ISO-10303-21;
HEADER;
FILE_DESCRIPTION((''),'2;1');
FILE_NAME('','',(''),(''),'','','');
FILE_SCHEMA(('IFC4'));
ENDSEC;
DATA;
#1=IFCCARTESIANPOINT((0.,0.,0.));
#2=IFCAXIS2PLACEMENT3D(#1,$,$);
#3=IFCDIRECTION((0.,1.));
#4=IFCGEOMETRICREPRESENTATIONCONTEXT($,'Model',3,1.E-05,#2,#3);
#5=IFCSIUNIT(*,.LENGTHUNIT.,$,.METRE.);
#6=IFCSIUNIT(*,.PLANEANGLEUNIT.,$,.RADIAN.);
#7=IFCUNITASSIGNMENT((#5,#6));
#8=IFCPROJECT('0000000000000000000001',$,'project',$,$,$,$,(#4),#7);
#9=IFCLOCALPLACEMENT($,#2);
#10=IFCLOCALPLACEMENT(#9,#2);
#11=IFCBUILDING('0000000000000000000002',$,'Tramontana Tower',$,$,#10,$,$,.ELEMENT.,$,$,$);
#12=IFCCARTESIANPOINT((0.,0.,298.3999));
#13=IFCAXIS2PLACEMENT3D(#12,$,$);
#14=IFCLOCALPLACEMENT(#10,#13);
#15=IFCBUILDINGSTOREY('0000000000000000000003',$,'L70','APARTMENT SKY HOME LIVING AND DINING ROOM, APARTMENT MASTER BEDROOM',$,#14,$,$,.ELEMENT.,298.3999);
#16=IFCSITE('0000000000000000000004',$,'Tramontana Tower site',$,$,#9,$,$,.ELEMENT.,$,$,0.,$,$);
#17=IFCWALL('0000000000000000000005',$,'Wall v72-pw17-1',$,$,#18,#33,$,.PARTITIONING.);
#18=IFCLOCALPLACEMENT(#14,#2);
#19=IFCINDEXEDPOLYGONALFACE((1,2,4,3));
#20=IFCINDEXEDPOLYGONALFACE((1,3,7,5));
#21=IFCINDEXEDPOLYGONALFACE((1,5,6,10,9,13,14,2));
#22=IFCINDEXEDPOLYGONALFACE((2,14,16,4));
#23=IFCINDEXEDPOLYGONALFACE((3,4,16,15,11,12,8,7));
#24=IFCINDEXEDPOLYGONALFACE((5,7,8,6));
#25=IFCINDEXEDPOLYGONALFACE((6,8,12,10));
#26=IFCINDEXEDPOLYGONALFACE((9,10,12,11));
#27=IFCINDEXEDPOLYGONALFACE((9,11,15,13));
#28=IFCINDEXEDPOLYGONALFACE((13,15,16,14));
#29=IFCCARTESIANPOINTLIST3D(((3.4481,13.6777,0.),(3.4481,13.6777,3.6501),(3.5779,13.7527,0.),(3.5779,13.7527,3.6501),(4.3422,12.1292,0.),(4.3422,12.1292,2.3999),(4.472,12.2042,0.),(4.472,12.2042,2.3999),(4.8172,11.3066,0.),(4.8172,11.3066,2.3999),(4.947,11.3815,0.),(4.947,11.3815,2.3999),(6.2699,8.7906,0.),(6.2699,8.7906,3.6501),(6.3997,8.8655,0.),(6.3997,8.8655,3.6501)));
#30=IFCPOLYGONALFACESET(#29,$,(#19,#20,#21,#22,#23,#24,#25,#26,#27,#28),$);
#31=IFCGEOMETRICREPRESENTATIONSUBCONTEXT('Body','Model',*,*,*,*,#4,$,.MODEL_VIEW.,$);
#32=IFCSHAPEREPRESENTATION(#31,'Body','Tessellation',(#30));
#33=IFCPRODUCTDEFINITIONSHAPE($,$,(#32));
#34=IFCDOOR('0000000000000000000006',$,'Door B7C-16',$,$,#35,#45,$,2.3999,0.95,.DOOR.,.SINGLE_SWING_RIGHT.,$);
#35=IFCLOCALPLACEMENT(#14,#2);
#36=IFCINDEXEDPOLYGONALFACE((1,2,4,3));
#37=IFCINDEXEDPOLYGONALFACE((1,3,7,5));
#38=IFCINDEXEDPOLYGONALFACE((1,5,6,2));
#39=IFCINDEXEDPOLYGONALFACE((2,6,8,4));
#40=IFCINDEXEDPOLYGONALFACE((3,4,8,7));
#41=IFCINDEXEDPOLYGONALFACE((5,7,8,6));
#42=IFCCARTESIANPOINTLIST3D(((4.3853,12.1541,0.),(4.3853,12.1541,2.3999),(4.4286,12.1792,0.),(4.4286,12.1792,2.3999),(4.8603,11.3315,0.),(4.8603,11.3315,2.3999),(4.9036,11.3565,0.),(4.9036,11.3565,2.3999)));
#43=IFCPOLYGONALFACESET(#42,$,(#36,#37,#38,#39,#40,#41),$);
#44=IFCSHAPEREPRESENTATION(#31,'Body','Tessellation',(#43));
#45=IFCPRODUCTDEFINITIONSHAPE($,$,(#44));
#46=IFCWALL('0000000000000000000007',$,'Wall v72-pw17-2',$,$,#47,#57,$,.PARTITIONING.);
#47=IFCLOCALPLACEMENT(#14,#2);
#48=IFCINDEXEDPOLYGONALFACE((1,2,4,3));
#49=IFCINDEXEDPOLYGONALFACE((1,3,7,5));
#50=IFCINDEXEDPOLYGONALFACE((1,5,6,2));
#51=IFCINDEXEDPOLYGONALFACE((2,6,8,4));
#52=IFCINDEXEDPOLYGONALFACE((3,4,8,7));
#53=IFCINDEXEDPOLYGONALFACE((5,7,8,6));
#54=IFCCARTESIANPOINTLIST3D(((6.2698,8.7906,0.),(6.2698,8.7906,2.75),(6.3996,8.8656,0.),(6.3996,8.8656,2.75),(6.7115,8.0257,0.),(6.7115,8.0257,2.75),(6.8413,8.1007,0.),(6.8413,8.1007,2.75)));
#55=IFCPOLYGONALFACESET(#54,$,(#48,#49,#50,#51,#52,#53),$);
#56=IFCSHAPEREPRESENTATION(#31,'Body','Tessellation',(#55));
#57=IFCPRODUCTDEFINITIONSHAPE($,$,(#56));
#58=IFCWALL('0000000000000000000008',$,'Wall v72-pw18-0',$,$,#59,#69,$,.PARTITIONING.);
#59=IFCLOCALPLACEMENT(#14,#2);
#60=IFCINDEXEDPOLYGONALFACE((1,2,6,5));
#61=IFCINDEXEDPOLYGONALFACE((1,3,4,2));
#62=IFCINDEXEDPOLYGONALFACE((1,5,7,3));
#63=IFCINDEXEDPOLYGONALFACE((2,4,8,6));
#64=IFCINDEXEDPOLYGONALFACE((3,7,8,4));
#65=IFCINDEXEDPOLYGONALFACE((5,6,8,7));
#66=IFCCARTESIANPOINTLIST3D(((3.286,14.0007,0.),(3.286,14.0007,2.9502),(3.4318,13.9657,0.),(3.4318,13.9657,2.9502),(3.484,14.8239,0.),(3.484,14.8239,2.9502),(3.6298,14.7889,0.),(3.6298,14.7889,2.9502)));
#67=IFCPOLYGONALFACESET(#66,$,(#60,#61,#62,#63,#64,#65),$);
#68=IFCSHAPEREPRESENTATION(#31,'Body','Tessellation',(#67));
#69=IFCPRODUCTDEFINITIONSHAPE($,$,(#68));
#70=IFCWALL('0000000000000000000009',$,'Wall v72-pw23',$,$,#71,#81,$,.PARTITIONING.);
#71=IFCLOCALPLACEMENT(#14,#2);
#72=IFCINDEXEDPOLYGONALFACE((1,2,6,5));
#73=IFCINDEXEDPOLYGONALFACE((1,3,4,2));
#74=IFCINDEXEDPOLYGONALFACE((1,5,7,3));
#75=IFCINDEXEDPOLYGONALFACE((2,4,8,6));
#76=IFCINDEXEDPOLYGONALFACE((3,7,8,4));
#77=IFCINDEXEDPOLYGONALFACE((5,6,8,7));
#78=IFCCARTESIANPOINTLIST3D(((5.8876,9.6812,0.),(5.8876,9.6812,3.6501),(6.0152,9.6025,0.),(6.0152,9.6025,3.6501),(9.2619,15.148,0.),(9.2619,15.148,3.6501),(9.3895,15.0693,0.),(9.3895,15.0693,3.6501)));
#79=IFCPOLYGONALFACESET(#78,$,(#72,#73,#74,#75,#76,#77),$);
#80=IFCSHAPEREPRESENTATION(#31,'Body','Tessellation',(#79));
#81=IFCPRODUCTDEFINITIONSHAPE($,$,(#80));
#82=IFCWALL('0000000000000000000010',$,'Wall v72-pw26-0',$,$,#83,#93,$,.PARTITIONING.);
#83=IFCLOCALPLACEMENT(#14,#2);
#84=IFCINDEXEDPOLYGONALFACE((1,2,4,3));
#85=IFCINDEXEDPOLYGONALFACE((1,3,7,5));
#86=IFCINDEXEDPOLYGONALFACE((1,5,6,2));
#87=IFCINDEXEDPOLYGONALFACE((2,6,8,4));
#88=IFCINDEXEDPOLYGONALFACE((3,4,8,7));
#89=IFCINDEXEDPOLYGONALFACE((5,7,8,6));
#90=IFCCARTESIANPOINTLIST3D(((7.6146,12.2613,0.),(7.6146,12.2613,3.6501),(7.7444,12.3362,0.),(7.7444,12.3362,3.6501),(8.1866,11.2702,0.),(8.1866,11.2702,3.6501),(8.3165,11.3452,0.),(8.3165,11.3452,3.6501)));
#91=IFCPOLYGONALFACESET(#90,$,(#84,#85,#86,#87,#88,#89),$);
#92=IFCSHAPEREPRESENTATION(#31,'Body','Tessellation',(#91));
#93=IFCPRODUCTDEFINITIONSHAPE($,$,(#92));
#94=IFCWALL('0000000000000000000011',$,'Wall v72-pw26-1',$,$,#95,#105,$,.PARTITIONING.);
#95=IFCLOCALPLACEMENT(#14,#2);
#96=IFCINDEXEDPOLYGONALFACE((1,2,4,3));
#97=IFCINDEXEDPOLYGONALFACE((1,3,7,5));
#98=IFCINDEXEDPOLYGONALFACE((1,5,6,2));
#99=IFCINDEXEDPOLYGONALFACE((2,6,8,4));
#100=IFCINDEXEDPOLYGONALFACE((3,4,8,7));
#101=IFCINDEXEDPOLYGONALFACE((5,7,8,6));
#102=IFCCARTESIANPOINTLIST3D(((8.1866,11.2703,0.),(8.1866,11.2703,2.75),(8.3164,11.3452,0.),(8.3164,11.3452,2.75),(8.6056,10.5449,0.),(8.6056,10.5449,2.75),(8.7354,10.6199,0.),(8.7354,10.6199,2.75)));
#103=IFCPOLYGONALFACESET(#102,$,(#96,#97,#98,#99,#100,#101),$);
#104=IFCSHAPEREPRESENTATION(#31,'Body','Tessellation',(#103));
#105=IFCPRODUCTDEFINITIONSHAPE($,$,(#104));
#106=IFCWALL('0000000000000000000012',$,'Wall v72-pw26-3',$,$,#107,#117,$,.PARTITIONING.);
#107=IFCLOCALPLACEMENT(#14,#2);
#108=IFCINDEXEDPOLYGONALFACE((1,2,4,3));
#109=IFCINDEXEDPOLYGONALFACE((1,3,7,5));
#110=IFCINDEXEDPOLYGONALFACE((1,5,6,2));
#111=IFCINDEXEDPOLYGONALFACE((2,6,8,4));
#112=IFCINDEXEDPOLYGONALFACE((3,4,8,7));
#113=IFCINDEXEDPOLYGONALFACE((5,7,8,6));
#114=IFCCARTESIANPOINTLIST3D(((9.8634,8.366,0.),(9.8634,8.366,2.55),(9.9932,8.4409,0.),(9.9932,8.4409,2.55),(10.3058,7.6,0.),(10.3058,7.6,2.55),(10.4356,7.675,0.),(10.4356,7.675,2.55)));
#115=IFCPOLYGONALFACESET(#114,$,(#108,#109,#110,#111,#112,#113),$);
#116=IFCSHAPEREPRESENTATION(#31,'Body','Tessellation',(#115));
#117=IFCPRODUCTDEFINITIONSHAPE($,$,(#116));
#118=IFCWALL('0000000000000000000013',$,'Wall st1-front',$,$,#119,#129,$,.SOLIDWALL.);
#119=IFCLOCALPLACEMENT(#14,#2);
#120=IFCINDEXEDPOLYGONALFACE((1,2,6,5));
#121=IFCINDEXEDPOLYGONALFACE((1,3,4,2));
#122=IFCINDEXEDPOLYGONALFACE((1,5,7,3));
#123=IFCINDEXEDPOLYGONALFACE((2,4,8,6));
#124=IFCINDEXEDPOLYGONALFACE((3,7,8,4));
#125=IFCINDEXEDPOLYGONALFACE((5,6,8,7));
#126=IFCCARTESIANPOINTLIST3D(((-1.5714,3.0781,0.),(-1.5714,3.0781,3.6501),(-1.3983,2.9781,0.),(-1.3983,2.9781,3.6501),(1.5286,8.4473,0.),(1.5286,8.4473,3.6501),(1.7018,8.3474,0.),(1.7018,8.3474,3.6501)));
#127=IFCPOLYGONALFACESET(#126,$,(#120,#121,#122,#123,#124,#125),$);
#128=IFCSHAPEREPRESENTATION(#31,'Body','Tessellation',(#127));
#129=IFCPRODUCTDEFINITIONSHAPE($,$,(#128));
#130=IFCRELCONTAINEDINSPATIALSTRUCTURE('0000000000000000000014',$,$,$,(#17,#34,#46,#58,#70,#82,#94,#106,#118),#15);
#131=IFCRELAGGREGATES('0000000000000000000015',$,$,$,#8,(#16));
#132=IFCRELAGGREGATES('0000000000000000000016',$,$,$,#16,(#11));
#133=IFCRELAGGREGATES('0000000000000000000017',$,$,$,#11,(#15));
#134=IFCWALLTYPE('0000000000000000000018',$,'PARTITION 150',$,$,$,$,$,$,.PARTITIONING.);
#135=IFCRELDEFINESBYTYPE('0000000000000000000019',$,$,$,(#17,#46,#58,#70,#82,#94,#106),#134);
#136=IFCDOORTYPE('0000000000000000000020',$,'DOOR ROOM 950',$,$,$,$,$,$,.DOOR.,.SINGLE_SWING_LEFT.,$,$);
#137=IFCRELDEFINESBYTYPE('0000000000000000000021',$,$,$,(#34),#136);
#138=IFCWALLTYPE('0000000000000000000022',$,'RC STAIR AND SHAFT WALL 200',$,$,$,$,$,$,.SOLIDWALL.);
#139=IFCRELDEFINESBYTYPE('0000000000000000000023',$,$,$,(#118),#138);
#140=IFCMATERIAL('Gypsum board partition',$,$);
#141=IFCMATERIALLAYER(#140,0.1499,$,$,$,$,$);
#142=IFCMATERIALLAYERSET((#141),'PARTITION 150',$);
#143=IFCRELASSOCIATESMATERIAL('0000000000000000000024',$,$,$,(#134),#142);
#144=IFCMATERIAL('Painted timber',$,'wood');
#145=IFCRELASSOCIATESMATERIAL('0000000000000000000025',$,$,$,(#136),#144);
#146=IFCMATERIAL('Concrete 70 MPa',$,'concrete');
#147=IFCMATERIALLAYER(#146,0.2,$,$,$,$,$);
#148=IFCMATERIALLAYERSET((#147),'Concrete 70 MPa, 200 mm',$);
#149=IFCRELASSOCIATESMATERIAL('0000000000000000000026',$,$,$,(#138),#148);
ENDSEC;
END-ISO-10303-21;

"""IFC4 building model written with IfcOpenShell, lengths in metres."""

from ifc_helpers import new_model, si_unit, direction, frame, frame_2d, origin, place, context, subcontext, project, spatial, rectangle, extrude, material, layer, layer_set, type_object, element, fill, save


model = new_model("IFC4")

# Units and contexts
model_context = context("Model", 3, precision=1e-05, world=origin(), true_north=direction((0.0, 1.0)))
body_context = subcontext(model_context, "Body", "Model", "MODEL_VIEW")
ifc_project = project(units=[si_unit("LENGTHUNIT", "METRE"), si_unit("PLANEANGLEUNIT", "RADIAN")], contexts=[model_context])

# Site, building, storey
site_placement = place(None, origin())
site = spatial("IfcSite", under=ifc_project, at=site_placement, Name="Tramontana Tower site", CompositionType="ELEMENT", RefElevation=0.0)
building_placement = place(site_placement, origin())
building = spatial("IfcBuilding", under=site, at=building_placement, Name="Tramontana Tower", CompositionType="ELEMENT")
storey_placement = place(building_placement, frame((0.0, 0.0, 298.3999)))
storey = spatial("IfcBuildingStorey", under=building, at=storey_placement, Name="L70", Description="APARTMENT SKY HOME LIVING AND DINING ROOM, APARTMENT MASTER BEDROOM", CompositionType="ELEMENT", Elevation=298.3999)

# Shared definitions
ifc_material_1 = material(Name="Gypsum board partition")
ifc_layer_1 = layer(ifc_material_1, 0.1499)
ifc_layer_set_1 = layer_set([ifc_layer_1], Name="PARTITION 150")
wall_type_1 = type_object("IfcWallType", Name="PARTITION 150", PredefinedType="PARTITIONING", material=ifc_layer_set_1)

# Wall, opening, door
wall_1_placement = place(storey_placement, frame((3.5129, 13.7153, 0.0), z_axis=(0.0, 0.0, 1.0), x_axis=(0.50002, -0.866014, 0.0)))
wall_1 = element("IfcWall", 1, at=wall_1_placement, inside=storey, type_object=wall_type_1, Name="Wall v72-pw17-1", PredefinedType="PARTITIONING", context=body_context, shape_type="SweptSolid", body=[
    extrude(rectangle(XDim=5.6433, YDim=0.1499, at=frame_2d((2.8218, 0.0))), origin(), (0.0, 0.0, 1.0), 3.6501),
])
opening_1_placement = place(wall_1_placement, frame((1.7881, 0.0, 0.0)))
opening_1 = element("IfcOpeningElement", 2, at=opening_1_placement, cuts=wall_1, PredefinedType="OPENING", context=body_context, shape_type="SweptSolid", body=[
    extrude(rectangle(XDim=0.95, YDim=2.3999, at=frame_2d((0.4751, 1.2))), frame((0.0, 0.085, 0.0), z_axis=(0.0, -1.0, 0.0), x_axis=(1.0, 0.0, 0.0)), (0.0, 0.0, 1.0), 0.1699),
])
ifc_material_2 = material(Name="Painted timber", Category="wood")
door_type_1 = type_object("IfcDoorType", Name="DOOR ROOM 950", OperationType="SINGLE_SWING_LEFT", PredefinedType="DOOR", material=ifc_material_2)
door_1_placement = place(opening_1_placement, origin())
door_1 = element("IfcDoor", 3, at=door_1_placement, inside=storey, type_object=door_type_1, Name="Door B7C-16", OperationType="SINGLE_SWING_RIGHT", OverallHeight=2.3999, OverallWidth=0.95, PredefinedType="DOOR", context=body_context, shape_type="SweptSolid", body=[
    extrude(rectangle(XDim=0.95, YDim=2.3999, at=frame_2d((0.4751, 1.2))), frame((0.0, 0.0249, 0.0), z_axis=(0.0, -1.0, 0.0), x_axis=(1.0, 0.0, 0.0)), (0.0, 0.0, 1.0), 0.05),
])
fill(opening_1, door_1)

# Walls
wall_2_placement = place(storey_placement, frame((6.3347, 8.8281, 0.0), z_axis=(0.0, 0.0, 1.0), x_axis=(0.500034, -0.866006, 0.0)))
element("IfcWall", 4, at=wall_2_placement, inside=storey, type_object=wall_type_1, Name="Wall v72-pw17-2", PredefinedType="PARTITIONING", context=body_context, shape_type="SweptSolid", body=[
    extrude(rectangle(XDim=0.8833, YDim=0.1499, at=frame_2d((0.4417, 0.0))), origin(), (0.0, 0.0, 1.0), 2.75),
])
wall_3_placement = place(storey_placement, frame((3.5569, 14.8064, 0.0), z_axis=(0.0, 0.0, 1.0), x_axis=(-0.233842, -0.972275, 0.0)))
element("IfcWall", 5, at=wall_3_placement, inside=storey, type_object=wall_type_1, Name="Wall v72-pw18-0", PredefinedType="PARTITIONING", context=body_context, shape_type="SweptSolid", body=[
    extrude(rectangle(XDim=0.8467, YDim=0.1499, at=frame_2d((0.4233, 0.0))), origin(), (0.0, 0.0, 1.0), 2.9502),
])
wall_4_placement = place(storey_placement, frame((5.9514, 9.6418, 0.0), z_axis=(0.0, 0.0, 1.0), x_axis=(0.525236, 0.850957, 0.0)))
element("IfcWall", 6, at=wall_4_placement, inside=storey, type_object=wall_type_1, Name="Wall v72-pw23", PredefinedType="PARTITIONING", context=body_context, shape_type="SweptSolid", body=[
    extrude(rectangle(XDim=6.4243, YDim=0.1499, at=frame_2d((3.2122, 0.0))), origin(), (0.0, 0.0, 1.0), 3.6501),
])
wall_5_placement = place(storey_placement, frame((7.6794, 12.2988, 0.0), z_axis=(0.0, 0.0, 1.0), x_axis=(0.499926, -0.866068, 0.0)))
element("IfcWall", 7, at=wall_5_placement, inside=storey, type_object=wall_type_1, Name="Wall v72-pw26-0", PredefinedType="PARTITIONING", context=body_context, shape_type="SweptSolid", body=[
    extrude(rectangle(XDim=1.1443, YDim=0.1499, at=frame_2d((0.5723, 0.0))), origin(), (0.0, 0.0, 1.0), 3.6501),
])
wall_6_placement = place(storey_placement, frame((8.2515, 11.3079, 0.0), z_axis=(0.0, 0.0, 1.0), x_axis=(0.500151, -0.865938, 0.0)))
element("IfcWall", 8, at=wall_6_placement, inside=storey, type_object=wall_type_1, Name="Wall v72-pw26-1", PredefinedType="PARTITIONING", context=body_context, shape_type="SweptSolid", body=[
    extrude(rectangle(XDim=0.8376, YDim=0.1499, at=frame_2d((0.4189, 0.0))), origin(), (0.0, 0.0, 1.0), 2.75),
])

# Walls
wall_7_placement = place(storey_placement, frame((9.9282, 8.4036, 0.0), z_axis=(0.0, 0.0, 1.0), x_axis=(0.500176, -0.865924, 0.0)))
element("IfcWall", 9, at=wall_7_placement, inside=storey, type_object=wall_type_1, Name="Wall v72-pw26-3", PredefinedType="PARTITIONING", context=body_context, shape_type="SweptSolid", body=[
    extrude(rectangle(XDim=0.8845, YDim=0.1499, at=frame_2d((0.4424, 0.0))), origin(), (0.0, 0.0, 1.0), 2.55),
])
ifc_material_3 = material(Name="Concrete 70 MPa", Category="concrete")
ifc_layer_2 = layer(ifc_material_3, 0.2)
ifc_layer_set_2 = layer_set([ifc_layer_2], Name="Concrete 70 MPa, 200 mm")
wall_type_2 = type_object("IfcWallType", Name="RC STAIR AND SHAFT WALL 200", PredefinedType="SOLIDWALL", material=ifc_layer_set_2)
wall_8_placement = place(storey_placement, frame((1.6152, 8.3975, 0.0), z_axis=(0.0, 0.0, 1.0), x_axis=(-0.50001, -0.86602, 0.0)))
element("IfcWall", 10, at=wall_8_placement, inside=storey, type_object=wall_type_2, Name="Wall st1-front", PredefinedType="SOLIDWALL", context=body_context, shape_type="SweptSolid", body=[
    extrude(rectangle(XDim=6.2, YDim=0.2, at=frame_2d((3.1001, 0.0))), origin(), (0.0, 0.0, 1.0), 3.6501),
])

save(model, "model.ifc")
